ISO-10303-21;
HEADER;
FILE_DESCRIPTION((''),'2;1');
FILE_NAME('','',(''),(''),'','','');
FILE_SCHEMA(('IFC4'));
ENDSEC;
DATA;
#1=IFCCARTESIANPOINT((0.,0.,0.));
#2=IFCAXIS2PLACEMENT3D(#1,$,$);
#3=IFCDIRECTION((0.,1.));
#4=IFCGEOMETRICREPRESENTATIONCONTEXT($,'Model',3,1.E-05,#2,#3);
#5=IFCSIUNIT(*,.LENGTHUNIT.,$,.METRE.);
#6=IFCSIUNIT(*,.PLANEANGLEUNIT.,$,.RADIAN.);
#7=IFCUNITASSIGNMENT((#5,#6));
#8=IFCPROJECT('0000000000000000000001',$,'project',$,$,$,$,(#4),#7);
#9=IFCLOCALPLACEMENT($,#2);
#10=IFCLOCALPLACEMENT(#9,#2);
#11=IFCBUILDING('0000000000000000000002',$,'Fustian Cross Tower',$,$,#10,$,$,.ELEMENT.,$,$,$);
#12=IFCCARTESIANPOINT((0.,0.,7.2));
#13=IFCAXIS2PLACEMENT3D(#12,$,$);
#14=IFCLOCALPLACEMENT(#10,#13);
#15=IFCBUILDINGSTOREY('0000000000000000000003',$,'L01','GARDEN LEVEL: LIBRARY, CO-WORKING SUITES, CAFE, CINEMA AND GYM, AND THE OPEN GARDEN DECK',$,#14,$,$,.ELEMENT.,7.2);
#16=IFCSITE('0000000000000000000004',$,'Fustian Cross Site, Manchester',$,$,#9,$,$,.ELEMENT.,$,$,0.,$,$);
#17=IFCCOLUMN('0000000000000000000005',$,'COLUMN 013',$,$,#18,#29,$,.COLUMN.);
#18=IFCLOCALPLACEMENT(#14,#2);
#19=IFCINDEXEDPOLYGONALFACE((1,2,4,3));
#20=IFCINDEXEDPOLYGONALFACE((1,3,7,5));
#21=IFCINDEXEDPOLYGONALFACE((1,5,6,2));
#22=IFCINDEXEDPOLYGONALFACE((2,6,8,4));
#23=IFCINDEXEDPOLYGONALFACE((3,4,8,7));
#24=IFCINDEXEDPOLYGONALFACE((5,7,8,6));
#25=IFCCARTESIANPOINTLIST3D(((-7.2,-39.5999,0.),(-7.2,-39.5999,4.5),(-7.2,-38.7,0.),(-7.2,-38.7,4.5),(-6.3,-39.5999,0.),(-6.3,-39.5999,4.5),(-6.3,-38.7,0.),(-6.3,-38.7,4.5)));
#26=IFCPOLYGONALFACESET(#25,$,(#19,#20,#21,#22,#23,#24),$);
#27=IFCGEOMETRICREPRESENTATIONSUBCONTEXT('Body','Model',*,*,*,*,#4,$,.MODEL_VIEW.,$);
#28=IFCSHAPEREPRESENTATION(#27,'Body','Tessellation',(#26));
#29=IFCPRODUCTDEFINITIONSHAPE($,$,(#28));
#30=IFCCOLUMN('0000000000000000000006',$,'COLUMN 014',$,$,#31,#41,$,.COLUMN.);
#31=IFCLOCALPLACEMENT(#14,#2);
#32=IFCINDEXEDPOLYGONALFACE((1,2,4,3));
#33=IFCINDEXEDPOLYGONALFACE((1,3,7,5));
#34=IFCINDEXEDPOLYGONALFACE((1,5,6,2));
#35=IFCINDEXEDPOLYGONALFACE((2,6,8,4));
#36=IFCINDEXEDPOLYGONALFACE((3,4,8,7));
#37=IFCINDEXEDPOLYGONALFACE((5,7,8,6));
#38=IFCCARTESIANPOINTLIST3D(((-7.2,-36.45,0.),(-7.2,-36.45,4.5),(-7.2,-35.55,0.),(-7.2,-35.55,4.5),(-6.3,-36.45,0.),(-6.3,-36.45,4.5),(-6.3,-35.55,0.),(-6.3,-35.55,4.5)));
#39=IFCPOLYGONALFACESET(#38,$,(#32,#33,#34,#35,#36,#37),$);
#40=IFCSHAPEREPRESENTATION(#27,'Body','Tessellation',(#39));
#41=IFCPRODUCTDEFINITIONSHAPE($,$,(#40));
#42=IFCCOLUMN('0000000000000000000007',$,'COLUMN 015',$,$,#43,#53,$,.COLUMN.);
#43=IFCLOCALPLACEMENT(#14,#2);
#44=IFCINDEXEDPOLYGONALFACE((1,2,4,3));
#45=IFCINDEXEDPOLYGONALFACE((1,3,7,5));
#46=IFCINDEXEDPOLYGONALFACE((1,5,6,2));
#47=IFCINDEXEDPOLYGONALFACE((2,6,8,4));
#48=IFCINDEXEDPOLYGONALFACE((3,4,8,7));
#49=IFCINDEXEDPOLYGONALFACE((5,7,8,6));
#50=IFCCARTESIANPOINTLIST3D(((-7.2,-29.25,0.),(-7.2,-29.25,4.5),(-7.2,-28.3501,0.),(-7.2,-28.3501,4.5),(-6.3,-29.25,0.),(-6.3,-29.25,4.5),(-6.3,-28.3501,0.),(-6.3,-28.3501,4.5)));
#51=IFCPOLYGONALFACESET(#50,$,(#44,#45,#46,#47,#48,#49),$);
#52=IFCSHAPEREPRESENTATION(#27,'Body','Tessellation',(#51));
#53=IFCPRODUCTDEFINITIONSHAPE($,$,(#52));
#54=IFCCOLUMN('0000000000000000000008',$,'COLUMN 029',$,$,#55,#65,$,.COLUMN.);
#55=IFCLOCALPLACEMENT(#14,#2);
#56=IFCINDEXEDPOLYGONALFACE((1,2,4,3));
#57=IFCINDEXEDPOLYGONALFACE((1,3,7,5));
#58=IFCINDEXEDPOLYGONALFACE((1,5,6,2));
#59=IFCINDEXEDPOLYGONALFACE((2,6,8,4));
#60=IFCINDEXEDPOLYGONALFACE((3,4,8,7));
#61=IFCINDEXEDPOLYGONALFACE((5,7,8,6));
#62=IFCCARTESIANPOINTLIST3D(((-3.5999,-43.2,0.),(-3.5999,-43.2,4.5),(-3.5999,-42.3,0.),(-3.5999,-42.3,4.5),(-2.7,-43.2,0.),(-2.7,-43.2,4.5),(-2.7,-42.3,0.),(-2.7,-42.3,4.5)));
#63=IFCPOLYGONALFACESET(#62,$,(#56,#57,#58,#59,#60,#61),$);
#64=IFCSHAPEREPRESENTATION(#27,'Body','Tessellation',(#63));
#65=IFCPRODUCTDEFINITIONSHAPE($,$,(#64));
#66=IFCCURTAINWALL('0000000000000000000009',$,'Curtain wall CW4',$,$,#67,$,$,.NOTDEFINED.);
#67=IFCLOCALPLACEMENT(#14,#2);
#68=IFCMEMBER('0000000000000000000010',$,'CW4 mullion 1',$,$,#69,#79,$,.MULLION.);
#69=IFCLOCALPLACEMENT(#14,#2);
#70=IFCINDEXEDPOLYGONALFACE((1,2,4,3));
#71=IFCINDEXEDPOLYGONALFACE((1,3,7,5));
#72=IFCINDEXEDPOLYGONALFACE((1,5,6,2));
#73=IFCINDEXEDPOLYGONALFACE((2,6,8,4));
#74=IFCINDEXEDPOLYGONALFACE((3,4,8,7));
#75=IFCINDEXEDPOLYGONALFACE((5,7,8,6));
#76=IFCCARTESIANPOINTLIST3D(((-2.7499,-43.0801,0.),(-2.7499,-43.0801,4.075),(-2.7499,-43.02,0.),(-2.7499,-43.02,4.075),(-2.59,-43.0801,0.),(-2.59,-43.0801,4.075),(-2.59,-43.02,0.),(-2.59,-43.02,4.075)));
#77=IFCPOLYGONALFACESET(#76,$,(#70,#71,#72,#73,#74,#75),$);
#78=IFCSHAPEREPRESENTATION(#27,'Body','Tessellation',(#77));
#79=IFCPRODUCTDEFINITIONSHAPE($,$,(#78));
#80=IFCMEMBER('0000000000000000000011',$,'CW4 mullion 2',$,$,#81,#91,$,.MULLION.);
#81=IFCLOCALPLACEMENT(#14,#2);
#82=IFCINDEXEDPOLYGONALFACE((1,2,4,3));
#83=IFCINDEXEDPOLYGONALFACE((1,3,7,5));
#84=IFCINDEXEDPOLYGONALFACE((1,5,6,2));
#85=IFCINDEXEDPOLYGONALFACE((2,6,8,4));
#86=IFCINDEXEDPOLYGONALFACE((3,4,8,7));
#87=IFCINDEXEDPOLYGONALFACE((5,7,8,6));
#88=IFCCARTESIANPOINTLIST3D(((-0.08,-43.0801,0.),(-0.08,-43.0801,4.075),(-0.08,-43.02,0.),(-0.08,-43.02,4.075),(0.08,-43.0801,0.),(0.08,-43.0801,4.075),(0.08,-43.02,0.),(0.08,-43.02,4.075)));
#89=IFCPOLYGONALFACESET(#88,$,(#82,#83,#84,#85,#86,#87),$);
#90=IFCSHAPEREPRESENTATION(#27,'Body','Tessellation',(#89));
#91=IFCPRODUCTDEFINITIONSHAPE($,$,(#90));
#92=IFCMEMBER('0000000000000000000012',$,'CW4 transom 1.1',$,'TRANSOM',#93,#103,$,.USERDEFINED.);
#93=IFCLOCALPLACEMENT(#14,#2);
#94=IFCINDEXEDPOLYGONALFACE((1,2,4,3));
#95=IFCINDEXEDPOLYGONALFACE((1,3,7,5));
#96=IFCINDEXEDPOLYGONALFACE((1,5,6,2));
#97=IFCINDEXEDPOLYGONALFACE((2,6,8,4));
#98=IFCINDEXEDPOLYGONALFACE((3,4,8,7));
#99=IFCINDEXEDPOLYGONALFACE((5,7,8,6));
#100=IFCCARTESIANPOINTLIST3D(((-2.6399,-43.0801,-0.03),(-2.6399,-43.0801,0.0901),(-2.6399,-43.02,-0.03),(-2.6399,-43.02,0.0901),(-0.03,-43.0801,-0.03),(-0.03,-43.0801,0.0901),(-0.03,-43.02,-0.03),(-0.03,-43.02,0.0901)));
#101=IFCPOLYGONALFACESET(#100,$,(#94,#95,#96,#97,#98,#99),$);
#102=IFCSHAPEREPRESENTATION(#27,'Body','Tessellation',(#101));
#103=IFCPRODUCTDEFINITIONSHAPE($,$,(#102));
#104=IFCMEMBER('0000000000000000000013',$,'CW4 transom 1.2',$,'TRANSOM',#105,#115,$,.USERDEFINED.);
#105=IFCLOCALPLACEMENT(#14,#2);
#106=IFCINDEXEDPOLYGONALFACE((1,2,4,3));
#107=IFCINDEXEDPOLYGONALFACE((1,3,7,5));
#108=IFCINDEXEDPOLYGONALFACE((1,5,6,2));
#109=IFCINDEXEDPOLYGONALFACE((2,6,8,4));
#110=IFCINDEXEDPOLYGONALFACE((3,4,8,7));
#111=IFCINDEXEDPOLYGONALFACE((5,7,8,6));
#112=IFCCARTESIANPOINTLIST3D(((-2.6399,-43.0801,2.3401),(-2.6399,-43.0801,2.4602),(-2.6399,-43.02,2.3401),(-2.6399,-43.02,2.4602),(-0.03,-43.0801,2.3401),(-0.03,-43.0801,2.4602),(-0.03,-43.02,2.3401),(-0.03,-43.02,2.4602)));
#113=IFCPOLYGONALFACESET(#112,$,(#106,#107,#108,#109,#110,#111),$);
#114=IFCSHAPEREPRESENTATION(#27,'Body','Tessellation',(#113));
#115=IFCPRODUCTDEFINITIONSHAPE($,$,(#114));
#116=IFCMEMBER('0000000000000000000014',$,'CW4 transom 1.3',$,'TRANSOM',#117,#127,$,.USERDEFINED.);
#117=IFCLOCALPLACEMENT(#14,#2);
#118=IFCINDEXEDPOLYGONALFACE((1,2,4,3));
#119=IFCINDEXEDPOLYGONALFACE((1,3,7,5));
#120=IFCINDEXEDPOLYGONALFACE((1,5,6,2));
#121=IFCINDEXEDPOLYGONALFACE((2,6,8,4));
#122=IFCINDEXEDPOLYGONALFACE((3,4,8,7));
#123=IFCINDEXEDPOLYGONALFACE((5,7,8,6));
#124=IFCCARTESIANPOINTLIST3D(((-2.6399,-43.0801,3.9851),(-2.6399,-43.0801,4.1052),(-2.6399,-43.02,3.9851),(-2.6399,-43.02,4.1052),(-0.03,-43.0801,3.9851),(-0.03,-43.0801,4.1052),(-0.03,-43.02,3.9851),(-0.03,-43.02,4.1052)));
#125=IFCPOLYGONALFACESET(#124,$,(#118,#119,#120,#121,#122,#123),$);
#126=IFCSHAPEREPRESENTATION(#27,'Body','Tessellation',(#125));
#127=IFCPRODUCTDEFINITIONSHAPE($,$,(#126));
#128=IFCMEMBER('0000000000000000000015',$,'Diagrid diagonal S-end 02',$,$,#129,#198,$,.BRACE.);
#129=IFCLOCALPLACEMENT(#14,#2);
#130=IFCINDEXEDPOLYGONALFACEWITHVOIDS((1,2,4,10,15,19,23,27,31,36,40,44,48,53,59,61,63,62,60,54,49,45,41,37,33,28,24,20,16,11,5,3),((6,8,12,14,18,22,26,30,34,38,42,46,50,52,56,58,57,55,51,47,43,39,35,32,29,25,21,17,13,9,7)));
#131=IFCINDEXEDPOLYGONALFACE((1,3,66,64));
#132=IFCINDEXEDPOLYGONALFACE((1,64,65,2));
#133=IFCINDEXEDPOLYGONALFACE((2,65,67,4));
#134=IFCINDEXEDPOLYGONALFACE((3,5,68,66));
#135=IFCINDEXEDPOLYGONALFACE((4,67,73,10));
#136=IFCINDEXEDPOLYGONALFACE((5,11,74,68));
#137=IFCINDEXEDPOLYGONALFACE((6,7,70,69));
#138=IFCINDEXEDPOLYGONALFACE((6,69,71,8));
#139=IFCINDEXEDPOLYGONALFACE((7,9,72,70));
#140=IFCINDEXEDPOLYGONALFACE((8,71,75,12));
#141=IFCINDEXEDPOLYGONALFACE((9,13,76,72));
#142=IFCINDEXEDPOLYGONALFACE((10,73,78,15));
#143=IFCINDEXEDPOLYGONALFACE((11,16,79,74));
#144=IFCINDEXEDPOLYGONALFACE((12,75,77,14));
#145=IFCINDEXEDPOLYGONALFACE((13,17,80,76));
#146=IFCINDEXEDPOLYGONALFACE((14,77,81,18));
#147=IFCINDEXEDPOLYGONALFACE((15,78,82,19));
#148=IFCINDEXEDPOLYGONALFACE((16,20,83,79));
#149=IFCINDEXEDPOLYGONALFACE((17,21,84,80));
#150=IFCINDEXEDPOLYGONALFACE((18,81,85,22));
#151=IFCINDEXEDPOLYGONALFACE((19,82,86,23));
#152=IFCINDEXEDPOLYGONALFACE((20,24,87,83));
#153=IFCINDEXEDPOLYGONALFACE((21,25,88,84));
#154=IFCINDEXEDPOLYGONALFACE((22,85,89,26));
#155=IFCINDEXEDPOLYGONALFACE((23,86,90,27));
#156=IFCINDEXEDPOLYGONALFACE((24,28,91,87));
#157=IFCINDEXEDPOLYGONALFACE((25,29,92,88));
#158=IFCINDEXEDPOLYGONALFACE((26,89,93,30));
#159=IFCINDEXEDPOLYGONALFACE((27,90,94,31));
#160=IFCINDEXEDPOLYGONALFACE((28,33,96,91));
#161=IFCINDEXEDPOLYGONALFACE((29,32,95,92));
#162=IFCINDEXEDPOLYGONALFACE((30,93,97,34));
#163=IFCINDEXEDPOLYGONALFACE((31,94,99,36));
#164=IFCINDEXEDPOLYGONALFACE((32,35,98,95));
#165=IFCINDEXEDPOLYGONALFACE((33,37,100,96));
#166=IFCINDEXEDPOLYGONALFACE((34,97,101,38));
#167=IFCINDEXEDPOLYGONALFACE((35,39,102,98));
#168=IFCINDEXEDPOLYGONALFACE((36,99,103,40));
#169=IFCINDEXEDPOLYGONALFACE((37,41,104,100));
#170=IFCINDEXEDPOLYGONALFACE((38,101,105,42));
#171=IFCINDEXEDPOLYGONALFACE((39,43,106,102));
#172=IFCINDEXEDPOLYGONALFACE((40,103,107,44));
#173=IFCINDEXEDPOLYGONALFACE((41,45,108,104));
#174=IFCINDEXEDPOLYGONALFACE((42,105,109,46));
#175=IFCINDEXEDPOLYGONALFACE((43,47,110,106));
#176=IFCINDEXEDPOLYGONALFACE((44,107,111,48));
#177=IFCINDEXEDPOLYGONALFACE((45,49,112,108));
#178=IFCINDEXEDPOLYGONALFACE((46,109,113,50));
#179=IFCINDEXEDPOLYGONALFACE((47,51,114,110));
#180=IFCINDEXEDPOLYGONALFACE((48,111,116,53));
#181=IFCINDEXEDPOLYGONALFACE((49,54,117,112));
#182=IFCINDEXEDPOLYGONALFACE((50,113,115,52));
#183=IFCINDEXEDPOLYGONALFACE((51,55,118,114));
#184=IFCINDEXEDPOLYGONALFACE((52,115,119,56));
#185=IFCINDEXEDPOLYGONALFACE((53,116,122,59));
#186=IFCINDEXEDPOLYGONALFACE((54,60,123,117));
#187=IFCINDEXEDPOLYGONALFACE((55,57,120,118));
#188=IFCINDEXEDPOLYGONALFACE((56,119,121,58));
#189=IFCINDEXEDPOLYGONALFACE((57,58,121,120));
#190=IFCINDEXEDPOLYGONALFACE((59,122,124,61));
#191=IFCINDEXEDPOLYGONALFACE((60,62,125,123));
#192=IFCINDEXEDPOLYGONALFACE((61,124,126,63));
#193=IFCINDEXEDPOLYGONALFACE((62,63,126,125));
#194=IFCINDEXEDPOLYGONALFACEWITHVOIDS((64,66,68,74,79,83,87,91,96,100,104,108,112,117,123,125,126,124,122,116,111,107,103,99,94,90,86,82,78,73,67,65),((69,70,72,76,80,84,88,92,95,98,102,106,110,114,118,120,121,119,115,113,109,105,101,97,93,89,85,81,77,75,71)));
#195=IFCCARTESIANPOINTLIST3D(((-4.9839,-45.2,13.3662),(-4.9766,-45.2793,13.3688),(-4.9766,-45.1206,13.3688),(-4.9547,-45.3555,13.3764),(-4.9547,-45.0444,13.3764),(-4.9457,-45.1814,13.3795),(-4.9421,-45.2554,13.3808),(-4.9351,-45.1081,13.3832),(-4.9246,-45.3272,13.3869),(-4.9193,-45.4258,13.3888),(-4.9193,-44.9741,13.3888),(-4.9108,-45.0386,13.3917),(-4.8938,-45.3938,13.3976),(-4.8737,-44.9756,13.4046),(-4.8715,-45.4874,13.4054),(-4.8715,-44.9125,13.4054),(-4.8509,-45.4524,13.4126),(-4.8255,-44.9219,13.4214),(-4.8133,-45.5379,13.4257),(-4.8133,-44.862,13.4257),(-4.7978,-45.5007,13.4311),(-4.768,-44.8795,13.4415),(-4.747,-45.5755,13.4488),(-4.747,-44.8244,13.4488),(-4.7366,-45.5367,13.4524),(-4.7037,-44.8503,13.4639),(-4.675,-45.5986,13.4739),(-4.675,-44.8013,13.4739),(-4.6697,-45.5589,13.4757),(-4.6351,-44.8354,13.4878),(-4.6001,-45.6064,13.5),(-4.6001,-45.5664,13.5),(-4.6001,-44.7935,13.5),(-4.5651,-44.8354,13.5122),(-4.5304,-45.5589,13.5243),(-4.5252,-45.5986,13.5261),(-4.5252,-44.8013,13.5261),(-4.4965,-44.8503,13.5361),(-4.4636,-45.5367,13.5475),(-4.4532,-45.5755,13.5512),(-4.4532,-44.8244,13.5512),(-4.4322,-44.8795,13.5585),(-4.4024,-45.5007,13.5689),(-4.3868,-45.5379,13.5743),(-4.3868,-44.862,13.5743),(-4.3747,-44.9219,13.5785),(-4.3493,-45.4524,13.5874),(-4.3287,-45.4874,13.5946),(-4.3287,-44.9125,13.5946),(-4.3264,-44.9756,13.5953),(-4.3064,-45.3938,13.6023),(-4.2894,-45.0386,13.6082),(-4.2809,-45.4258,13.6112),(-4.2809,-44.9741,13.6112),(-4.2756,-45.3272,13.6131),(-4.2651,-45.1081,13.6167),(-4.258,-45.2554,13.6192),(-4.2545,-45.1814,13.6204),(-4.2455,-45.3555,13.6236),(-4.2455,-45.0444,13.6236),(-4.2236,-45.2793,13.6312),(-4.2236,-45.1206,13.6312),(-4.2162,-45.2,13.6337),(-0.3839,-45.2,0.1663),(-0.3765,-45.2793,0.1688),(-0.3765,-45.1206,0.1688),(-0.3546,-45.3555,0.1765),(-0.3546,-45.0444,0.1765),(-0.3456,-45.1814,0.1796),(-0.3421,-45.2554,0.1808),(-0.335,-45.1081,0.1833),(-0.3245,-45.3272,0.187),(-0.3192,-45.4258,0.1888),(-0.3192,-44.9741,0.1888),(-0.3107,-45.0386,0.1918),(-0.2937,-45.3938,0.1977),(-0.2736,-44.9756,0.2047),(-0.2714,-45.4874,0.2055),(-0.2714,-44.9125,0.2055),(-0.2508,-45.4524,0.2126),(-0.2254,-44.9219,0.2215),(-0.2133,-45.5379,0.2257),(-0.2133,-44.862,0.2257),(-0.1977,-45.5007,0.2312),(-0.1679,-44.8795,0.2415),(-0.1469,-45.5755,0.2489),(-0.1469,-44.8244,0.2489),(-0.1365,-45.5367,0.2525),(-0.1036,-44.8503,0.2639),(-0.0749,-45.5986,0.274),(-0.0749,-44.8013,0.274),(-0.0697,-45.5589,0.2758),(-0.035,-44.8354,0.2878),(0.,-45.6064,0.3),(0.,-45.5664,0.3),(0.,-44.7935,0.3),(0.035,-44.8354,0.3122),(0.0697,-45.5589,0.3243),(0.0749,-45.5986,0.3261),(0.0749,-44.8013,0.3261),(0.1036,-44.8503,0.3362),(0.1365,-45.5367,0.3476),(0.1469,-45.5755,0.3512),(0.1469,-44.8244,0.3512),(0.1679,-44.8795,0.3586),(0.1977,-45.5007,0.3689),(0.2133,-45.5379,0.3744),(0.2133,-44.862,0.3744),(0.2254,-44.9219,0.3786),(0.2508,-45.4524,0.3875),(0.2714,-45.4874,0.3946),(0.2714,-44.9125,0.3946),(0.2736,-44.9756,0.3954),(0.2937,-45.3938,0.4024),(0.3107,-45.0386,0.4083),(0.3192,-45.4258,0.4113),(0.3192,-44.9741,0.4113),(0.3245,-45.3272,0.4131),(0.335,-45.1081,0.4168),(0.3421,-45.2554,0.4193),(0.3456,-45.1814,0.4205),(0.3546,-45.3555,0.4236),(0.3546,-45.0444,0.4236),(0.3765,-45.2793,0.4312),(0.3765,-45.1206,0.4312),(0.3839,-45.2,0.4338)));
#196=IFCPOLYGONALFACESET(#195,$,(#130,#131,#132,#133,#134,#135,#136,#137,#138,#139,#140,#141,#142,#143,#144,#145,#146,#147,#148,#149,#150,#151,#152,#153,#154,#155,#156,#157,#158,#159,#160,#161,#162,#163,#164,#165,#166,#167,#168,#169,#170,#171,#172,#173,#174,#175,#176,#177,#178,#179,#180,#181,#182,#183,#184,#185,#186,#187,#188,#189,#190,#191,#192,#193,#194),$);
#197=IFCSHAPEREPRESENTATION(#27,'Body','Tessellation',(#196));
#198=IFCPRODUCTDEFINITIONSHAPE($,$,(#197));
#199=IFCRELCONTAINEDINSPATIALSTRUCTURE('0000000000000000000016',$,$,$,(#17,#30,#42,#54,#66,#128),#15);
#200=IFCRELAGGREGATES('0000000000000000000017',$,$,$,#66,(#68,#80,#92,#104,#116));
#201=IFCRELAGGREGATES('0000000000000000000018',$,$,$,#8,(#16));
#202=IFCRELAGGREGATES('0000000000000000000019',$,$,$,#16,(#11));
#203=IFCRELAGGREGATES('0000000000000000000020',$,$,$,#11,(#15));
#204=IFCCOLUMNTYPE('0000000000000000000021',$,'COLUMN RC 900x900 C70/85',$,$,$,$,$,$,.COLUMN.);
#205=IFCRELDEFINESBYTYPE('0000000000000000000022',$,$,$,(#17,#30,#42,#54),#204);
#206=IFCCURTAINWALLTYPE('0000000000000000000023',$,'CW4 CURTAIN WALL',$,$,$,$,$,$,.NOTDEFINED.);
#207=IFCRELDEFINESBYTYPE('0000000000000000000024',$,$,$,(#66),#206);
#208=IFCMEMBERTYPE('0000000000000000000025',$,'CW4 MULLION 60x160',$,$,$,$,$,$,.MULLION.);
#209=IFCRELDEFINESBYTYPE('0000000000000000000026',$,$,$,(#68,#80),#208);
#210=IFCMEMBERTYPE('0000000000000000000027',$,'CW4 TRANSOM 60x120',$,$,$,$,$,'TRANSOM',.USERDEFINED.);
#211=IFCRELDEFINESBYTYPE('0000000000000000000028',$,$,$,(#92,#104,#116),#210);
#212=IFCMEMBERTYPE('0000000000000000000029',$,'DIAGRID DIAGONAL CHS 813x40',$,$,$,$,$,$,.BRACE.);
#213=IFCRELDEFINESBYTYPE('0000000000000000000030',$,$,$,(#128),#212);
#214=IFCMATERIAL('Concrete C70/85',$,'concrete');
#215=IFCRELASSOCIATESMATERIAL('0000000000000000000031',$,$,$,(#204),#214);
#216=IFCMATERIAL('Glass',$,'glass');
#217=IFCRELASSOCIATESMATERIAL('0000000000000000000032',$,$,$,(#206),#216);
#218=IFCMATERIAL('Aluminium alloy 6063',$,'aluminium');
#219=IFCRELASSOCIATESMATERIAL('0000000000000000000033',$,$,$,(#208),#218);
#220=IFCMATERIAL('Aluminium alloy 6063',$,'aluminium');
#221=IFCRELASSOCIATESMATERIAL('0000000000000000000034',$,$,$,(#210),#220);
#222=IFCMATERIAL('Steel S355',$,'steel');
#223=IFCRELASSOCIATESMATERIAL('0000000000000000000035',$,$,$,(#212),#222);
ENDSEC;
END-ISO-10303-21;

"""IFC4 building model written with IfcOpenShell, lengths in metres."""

from ifc_helpers import new_model, si_unit, direction, frame, origin, origin_2d, place, context, subcontext, project, spatial, rectangle, hollow_circle, extrude, material, material_profile, profile_set, type_object, element, aggregate, save


model = new_model("IFC4")

# Units and contexts
model_context = context("Model", 3, precision=1e-05, world=origin(), true_north=direction((0.0, 1.0)))
body_context = subcontext(model_context, "Body", "Model", "MODEL_VIEW")
ifc_project = project(units=[si_unit("LENGTHUNIT", "METRE"), si_unit("PLANEANGLEUNIT", "RADIAN")], contexts=[model_context])

# Site, building, storey
site_placement = place(None, origin())
site = spatial("IfcSite", under=ifc_project, at=site_placement, Name="Fustian Cross Site, Manchester", CompositionType="ELEMENT", RefElevation=0.0)
building_placement = place(site_placement, origin())
building = spatial("IfcBuilding", under=site, at=building_placement, Name="Fustian Cross Tower", CompositionType="ELEMENT")
storey_placement = place(building_placement, frame((0.0, 0.0, 7.2)))
storey = spatial("IfcBuildingStorey", under=building, at=storey_placement, Name="L01", Description="GARDEN LEVEL: LIBRARY, CO-WORKING SUITES, CAFE, CINEMA AND GYM, AND THE OPEN GARDEN DECK", CompositionType="ELEMENT", Elevation=7.2)

# Columns
ifc_material_1 = material(Name="Concrete C70/85", Category="concrete")
ifc_material_profile_1 = material_profile(ifc_material_1, rectangle(XDim=0.8999, YDim=0.8999, at=origin_2d()), Name="RC 900x900")
ifc_profile_set_1 = profile_set([ifc_material_profile_1], Name="Concrete C70/85")
column_type = type_object("IfcColumnType", Name="COLUMN RC 900x900 C70/85", PredefinedType="COLUMN", material=ifc_profile_set_1)
for number, where, z_axis, x_axis, name in (
    (1, (-6.75, -39.1499, 0.0), (0.0, 0.0, 1.0), (1.0, 0.0, 0.0), "COLUMN 013"),
    (2, (-6.75, -36.0, 0.0), (0.0, 0.0, 1.0), (1.0, 0.0, 0.0), "COLUMN 014"),
    (3, (-6.75, -28.8, 0.0), (0.0, 0.0, 1.0), (1.0, 0.0, 0.0), "COLUMN 015"),
    (4, (-3.1499, -42.75, 0.0), (0.0, 0.0, 1.0), (1.0, 0.0, 0.0), "COLUMN 029"),
):
    element("IfcColumn", number, at=place(storey_placement, frame(where, z_axis=z_axis, x_axis=x_axis)), inside=storey, type_object=column_type, Name=name, PredefinedType="COLUMN", context=body_context, shape_type="SweptSolid", body=[
        extrude(rectangle(XDim=0.8999, YDim=0.8999, at=origin_2d()), origin(), (0.0, 0.0, 1.0), 4.5),
    ])

# Curtain wall, members
ifc_material_2 = material(Name="Glass", Category="glass")
curtain_wall_type = type_object("IfcCurtainWallType", Name="CW4 CURTAIN WALL", PredefinedType="NOTDEFINED", material=ifc_material_2)
curtain_wall_placement = place(storey_placement, origin())
curtain_wall = element("IfcCurtainWall", 5, at=curtain_wall_placement, inside=storey, type_object=curtain_wall_type, Name="Curtain wall CW4", PredefinedType="NOTDEFINED")
ifc_material_3 = material(Name="Aluminium alloy 6063", Category="aluminium")
ifc_material_profile_2 = material_profile(ifc_material_3, rectangle(XDim=0.0601, YDim=0.1599, at=origin_2d()), Name="CW4 MULLION 60x160")
ifc_profile_set_2 = profile_set([ifc_material_profile_2], Name="Aluminium alloy 6063")
member_type_1 = type_object("IfcMemberType", Name="CW4 MULLION 60x160", PredefinedType="MULLION", material=ifc_profile_set_2)
member_1_placement = place(storey_placement, frame((-2.6699, -43.05, 0.0), z_axis=(0.0, 0.0, 1.0), x_axis=(0.0, 1.0, 0.0)))
member_1 = element("IfcMember", 6, at=member_1_placement, type_object=member_type_1, Name="CW4 mullion 1", PredefinedType="MULLION", context=body_context, shape_type="SweptSolid", body=[
    extrude(rectangle(XDim=0.0601, YDim=0.1599, at=origin_2d()), origin(), (0.0, 0.0, 1.0), 4.075),
])
member_2_placement = place(storey_placement, frame((0.0, -43.05, 0.0), z_axis=(0.0, 0.0, 1.0), x_axis=(0.0, 1.0, 0.0)))
member_2 = element("IfcMember", 7, at=member_2_placement, type_object=member_type_1, Name="CW4 mullion 2", PredefinedType="MULLION", context=body_context, shape_type="SweptSolid", body=[
    extrude(rectangle(XDim=0.0601, YDim=0.1599, at=origin_2d()), origin(), (0.0, 0.0, 1.0), 4.075),
])
ifc_material_4 = material(Name="Aluminium alloy 6063", Category="aluminium")
ifc_material_profile_3 = material_profile(ifc_material_4, rectangle(XDim=0.0601, YDim=0.1201, at=origin_2d()), Name="CW4 TRANSOM 60x120")
ifc_profile_set_3 = profile_set([ifc_material_profile_3], Name="Aluminium alloy 6063")
member_type_2 = type_object("IfcMemberType", Name="CW4 TRANSOM 60x120", ElementType="TRANSOM", PredefinedType="USERDEFINED", material=ifc_profile_set_3)
member_3_placement = place(storey_placement, frame((-2.6399, -43.05, 0.03), z_axis=(1.0, 0.0, 0.0), x_axis=(0.0, 1.0, 0.0)))
member_3 = element("IfcMember", 8, at=member_3_placement, type_object=member_type_2, Name="CW4 transom 1.1", ObjectType="TRANSOM", PredefinedType="USERDEFINED", context=body_context, shape_type="SweptSolid", body=[
    extrude(rectangle(XDim=0.0601, YDim=0.1201, at=origin_2d()), origin(), (0.0, 0.0, 1.0), 2.6099),
])
member_4_placement = place(storey_placement, frame((-2.6399, -43.05, 2.4001), z_axis=(1.0, 0.0, 0.0), x_axis=(0.0, 1.0, 0.0)))
member_4 = element("IfcMember", 9, at=member_4_placement, type_object=member_type_2, Name="CW4 transom 1.2", ObjectType="TRANSOM", PredefinedType="USERDEFINED", context=body_context, shape_type="SweptSolid", body=[
    extrude(rectangle(XDim=0.0601, YDim=0.1201, at=origin_2d()), origin(), (0.0, 0.0, 1.0), 2.6099),
])
member_5_placement = place(storey_placement, frame((-2.6399, -43.05, 4.0452), z_axis=(1.0, 0.0, 0.0), x_axis=(0.0, 1.0, 0.0)))
member_5 = element("IfcMember", 10, at=member_5_placement, type_object=member_type_2, Name="CW4 transom 1.3", ObjectType="TRANSOM", PredefinedType="USERDEFINED", context=body_context, shape_type="SweptSolid", body=[
    extrude(rectangle(XDim=0.0601, YDim=0.1201, at=origin_2d()), origin(), (0.0, 0.0, 1.0), 2.6099),
])

# Member
ifc_material_5 = material(Name="Steel S355", Category="steel")
ifc_material_profile_4 = material_profile(ifc_material_5, hollow_circle(Radius=0.4065, WallThickness=0.04, at=origin_2d()), Name="CHS 813x40")
ifc_profile_set_4 = profile_set([ifc_material_profile_4], Name="Steel S355")
member_type_3 = type_object("IfcMemberType", Name="DIAGRID DIAGONAL CHS 813x40", PredefinedType="BRACE", material=ifc_profile_set_4)
for number, where, z_axis, x_axis, name in (
    (11, (0.0, -45.2, 0.3), (-0.329083, 0.0, 0.944301), (0.0, -1.0, 0.0), "Diagrid diagonal S-end 02"),
):
    element("IfcMember", number, at=place(storey_placement, frame(where, z_axis=z_axis, x_axis=x_axis)), inside=storey, type_object=member_type_3, Name=name, PredefinedType="BRACE", context=body_context, shape_type="SweptSolid", body=[
        extrude(hollow_circle(Radius=0.4065, WallThickness=0.04, at=origin_2d()), origin(), (0.0, 0.0, 1.0), 13.9785),
    ])

aggregate(curtain_wall, [member_1, member_2, member_3, member_4, member_5])

save(model, "model.ifc")
